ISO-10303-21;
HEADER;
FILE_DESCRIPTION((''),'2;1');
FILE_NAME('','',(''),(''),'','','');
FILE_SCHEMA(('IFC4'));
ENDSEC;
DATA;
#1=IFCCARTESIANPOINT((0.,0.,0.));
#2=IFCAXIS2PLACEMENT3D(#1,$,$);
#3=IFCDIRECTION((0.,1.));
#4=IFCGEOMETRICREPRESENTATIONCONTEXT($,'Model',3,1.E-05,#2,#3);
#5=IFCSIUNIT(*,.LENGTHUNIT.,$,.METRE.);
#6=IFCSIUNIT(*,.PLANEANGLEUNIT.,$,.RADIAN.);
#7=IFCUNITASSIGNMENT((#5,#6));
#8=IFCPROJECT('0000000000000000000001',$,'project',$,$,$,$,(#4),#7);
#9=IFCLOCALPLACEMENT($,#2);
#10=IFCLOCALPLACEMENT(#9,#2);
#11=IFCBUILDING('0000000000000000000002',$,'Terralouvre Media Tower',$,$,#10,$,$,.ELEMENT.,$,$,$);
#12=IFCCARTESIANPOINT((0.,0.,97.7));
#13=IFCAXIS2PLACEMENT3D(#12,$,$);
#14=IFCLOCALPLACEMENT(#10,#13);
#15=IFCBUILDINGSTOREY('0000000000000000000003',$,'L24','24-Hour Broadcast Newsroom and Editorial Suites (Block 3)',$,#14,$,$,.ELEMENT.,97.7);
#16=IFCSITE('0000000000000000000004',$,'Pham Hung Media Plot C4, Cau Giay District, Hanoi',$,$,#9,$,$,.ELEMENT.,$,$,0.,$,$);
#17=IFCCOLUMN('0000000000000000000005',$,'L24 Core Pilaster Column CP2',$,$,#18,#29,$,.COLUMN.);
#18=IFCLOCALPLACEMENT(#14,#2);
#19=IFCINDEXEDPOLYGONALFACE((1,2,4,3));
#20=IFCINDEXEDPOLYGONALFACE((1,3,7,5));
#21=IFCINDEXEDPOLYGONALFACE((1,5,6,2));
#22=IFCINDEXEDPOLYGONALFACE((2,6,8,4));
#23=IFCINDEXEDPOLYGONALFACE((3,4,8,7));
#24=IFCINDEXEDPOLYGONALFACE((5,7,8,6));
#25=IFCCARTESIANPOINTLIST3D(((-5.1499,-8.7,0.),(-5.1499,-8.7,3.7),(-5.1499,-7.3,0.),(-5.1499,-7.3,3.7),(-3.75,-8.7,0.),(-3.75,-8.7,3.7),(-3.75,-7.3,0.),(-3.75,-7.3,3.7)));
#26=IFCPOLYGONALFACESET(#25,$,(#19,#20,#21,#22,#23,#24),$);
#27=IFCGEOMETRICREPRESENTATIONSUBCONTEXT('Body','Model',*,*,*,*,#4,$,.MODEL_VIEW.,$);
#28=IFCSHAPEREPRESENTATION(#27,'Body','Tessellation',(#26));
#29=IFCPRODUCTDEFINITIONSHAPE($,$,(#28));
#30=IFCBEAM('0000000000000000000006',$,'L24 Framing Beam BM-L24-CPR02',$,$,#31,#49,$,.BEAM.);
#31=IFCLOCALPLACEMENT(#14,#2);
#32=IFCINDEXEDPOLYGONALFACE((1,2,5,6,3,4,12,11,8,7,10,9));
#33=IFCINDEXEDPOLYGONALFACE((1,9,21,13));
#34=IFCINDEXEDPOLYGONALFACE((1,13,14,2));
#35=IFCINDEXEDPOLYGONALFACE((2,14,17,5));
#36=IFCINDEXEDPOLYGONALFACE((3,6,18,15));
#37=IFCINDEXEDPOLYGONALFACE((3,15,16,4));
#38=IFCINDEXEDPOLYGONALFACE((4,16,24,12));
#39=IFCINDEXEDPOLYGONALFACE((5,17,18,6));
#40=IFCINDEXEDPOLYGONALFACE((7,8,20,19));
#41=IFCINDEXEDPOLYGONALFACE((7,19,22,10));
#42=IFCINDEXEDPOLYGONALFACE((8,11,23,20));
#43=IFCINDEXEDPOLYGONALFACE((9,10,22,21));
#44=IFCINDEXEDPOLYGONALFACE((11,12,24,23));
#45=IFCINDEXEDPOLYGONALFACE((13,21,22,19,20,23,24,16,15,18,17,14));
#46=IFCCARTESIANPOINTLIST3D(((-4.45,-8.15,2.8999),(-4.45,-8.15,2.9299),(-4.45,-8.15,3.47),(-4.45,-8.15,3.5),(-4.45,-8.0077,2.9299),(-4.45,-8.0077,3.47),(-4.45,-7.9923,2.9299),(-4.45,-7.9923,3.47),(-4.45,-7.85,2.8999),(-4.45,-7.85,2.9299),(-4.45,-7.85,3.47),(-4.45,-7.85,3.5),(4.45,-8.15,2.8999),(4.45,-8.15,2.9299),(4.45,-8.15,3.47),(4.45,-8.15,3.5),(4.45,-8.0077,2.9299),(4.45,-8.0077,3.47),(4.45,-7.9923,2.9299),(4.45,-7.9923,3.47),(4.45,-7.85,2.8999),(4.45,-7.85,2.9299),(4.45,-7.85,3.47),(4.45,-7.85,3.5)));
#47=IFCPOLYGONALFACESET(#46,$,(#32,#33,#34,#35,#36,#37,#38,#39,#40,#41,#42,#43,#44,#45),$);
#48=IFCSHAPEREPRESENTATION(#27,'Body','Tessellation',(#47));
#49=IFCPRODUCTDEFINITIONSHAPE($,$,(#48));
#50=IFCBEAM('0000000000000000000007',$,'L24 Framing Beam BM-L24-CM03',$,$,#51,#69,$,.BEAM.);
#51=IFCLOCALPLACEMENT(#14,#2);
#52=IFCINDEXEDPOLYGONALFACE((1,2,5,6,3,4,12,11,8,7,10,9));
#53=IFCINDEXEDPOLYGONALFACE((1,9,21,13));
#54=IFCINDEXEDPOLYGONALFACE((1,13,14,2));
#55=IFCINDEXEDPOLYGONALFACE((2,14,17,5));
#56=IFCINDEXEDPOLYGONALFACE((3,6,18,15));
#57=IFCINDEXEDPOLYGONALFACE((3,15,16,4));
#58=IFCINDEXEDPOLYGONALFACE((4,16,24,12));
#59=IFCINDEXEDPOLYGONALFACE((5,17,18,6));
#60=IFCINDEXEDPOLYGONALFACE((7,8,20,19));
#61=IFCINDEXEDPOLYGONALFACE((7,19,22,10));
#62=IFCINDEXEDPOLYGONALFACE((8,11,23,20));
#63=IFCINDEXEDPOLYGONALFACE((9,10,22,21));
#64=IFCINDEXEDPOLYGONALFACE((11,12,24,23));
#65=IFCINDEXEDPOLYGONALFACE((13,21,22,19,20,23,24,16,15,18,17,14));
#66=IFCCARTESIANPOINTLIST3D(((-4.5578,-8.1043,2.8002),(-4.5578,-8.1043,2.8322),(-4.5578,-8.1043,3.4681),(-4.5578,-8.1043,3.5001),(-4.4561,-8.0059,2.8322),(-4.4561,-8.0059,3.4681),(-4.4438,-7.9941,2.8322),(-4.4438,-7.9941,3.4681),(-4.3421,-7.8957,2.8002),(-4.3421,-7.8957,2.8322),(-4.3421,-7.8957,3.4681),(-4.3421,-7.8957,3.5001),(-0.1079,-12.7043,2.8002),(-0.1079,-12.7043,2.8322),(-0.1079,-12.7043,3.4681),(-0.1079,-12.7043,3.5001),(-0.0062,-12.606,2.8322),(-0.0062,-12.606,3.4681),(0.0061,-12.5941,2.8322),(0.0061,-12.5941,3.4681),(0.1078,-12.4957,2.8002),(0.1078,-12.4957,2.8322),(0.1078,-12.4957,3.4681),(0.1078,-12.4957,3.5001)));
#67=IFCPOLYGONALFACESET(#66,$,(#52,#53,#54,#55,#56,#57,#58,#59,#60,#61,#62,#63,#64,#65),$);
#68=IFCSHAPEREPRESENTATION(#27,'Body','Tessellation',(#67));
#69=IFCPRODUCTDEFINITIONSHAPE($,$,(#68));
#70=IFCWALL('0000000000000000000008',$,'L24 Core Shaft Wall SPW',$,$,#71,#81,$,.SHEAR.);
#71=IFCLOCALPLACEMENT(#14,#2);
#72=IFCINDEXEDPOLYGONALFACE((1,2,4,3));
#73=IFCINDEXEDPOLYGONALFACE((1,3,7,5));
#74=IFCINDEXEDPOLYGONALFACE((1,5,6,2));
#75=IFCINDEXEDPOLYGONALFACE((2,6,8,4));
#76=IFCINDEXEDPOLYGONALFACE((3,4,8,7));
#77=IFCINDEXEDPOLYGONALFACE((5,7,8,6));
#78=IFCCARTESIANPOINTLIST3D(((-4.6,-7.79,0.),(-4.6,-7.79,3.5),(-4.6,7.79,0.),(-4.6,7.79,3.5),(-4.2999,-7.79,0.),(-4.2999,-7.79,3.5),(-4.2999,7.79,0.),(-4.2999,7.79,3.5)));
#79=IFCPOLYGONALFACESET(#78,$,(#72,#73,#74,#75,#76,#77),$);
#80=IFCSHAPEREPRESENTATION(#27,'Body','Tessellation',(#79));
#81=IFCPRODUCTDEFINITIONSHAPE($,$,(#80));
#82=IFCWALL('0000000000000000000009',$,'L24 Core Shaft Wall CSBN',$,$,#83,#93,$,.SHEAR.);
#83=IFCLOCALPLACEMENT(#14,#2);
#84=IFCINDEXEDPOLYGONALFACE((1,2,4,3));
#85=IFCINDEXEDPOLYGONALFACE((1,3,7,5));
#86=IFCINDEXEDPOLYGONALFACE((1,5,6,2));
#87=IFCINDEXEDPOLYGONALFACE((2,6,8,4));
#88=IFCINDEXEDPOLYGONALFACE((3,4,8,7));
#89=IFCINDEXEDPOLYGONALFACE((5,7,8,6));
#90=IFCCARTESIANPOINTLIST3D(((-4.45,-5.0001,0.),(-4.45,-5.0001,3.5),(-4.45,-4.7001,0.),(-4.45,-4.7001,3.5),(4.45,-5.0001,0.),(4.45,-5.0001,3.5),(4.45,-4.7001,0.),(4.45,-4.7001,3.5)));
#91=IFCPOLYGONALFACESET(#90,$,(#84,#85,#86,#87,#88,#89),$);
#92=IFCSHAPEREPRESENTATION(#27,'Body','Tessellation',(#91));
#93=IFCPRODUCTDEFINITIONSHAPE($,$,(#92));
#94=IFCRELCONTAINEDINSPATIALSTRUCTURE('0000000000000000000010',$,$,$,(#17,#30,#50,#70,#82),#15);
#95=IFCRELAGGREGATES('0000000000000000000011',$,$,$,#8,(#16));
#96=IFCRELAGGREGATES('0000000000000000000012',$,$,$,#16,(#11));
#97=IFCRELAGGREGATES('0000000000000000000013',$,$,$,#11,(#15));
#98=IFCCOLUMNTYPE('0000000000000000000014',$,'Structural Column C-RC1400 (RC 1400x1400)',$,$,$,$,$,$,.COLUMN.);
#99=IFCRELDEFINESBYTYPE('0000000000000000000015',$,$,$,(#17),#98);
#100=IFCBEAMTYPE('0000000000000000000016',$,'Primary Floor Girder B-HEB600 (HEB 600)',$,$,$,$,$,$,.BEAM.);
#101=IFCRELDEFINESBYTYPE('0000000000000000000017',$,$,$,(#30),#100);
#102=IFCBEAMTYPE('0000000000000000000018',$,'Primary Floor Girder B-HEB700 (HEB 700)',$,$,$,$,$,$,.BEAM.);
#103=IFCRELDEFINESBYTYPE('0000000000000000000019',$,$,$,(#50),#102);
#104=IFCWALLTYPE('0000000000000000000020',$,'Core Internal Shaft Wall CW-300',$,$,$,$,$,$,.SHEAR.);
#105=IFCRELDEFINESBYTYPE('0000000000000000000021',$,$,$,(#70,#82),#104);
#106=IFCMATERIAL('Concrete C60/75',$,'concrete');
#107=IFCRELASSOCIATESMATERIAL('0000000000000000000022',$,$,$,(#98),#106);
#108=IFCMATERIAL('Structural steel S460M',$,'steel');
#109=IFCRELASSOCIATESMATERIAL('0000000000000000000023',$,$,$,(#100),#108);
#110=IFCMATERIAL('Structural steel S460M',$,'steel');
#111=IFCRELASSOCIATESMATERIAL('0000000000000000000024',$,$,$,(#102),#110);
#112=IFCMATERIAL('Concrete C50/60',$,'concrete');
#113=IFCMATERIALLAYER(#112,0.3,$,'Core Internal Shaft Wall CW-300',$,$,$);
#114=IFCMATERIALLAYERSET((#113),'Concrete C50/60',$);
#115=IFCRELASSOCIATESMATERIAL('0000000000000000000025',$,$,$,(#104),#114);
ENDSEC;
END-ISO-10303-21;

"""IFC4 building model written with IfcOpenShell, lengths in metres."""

from ifc_helpers import new_model, si_unit, direction, frame, frame_2d, origin, origin_2d, place, context, subcontext, project, spatial, rectangle, i_section, extrude, material, layer, layer_set, material_profile, profile_set, type_object, element, save


model = new_model("IFC4")

# Units and contexts
model_context = context("Model", 3, precision=1e-05, world=origin(), true_north=direction((0.0, 1.0)))
body_context = subcontext(model_context, "Body", "Model", "MODEL_VIEW")
ifc_project = project(units=[si_unit("LENGTHUNIT", "METRE"), si_unit("PLANEANGLEUNIT", "RADIAN")], contexts=[model_context])

# Site, building, storey
site_placement = place(None, origin())
site = spatial("IfcSite", under=ifc_project, at=site_placement, Name="Pham Hung Media Plot C4, Cau Giay District, Hanoi", CompositionType="ELEMENT", RefElevation=0.0)
building_placement = place(site_placement, origin())
building = spatial("IfcBuilding", under=site, at=building_placement, Name="Terralouvre Media Tower", CompositionType="ELEMENT")
storey_placement = place(building_placement, frame((0.0, 0.0, 97.7)))
storey = spatial("IfcBuildingStorey", under=building, at=storey_placement, Name="L24", Description="24-Hour Broadcast Newsroom and Editorial Suites (Block 3)", CompositionType="ELEMENT", Elevation=97.7)

# Column
ifc_material_1 = material(Name="Concrete C60/75", Category="concrete")
ifc_material_profile_1 = material_profile(ifc_material_1, rectangle(XDim=1.3999, YDim=1.3999, at=origin_2d()), Name="RC 1400x1400")
ifc_profile_set_1 = profile_set([ifc_material_profile_1], Name="Concrete C60/75")
column_type = type_object("IfcColumnType", Name="Structural Column C-RC1400 (RC 1400x1400)", PredefinedType="COLUMN", material=ifc_profile_set_1)
column_placement = place(storey_placement, frame((-4.45, -8.0, 0.0), z_axis=(0.0, 0.0, 1.0), x_axis=(1.0, 0.0, 0.0)))
element("IfcColumn", 1, at=column_placement, inside=storey, type_object=column_type, Name="L24 Core Pilaster Column CP2", PredefinedType="COLUMN", context=body_context, shape_type="SweptSolid", body=[
    extrude(rectangle(XDim=1.3999, YDim=1.3999, at=origin_2d()), origin(), (0.0, 0.0, 1.0), 3.7),
])

# Beams
ifc_material_2 = material(Name="Structural steel S460M", Category="steel")
ifc_material_profile_2 = material_profile(ifc_material_2, i_section(OverallWidth=0.3, OverallDepth=0.6001, WebThickness=0.0154, FlangeThickness=0.03, at=origin_2d()), Name="HEB 600")
ifc_profile_set_2 = profile_set([ifc_material_profile_2], Name="Structural steel S460M")
beam_type_1 = type_object("IfcBeamType", Name="Primary Floor Girder B-HEB600 (HEB 600)", PredefinedType="BEAM", material=ifc_profile_set_2)
beam_1_placement = place(storey_placement, frame((-4.45, -8.0, 3.2), z_axis=(1.0, 0.0, 0.0), x_axis=(0.0, 1.0, 0.0)))
element("IfcBeam", 2, at=beam_1_placement, inside=storey, type_object=beam_type_1, Name="L24 Framing Beam BM-L24-CPR02", PredefinedType="BEAM", context=body_context, shape_type="SweptSolid", body=[
    extrude(i_section(OverallWidth=0.3, OverallDepth=0.6001, WebThickness=0.0154, FlangeThickness=0.03, at=origin_2d()), origin(), (0.0, 0.0, 1.0), 8.8999),
])
ifc_material_3 = material(Name="Structural steel S460M", Category="steel")
ifc_material_profile_3 = material_profile(ifc_material_3, i_section(OverallWidth=0.3, OverallDepth=0.7, WebThickness=0.0171, FlangeThickness=0.032, at=origin_2d()), Name="HEB 700")
ifc_profile_set_3 = profile_set([ifc_material_profile_3], Name="Structural steel S460M")
beam_type_2 = type_object("IfcBeamType", Name="Primary Floor Girder B-HEB700 (HEB 700)", PredefinedType="BEAM", material=ifc_profile_set_3)
beam_2_placement = place(storey_placement, frame((-4.45, -8.0, 3.1501), z_axis=(0.69528, -0.718739, 0.0), x_axis=(0.718739, 0.69528, 0.0)))
element("IfcBeam", 3, at=beam_2_placement, inside=storey, type_object=beam_type_2, Name="L24 Framing Beam BM-L24-CM03", PredefinedType="BEAM", context=body_context, shape_type="SweptSolid", body=[
    extrude(i_section(OverallWidth=0.3, OverallDepth=0.7, WebThickness=0.0171, FlangeThickness=0.032, at=origin_2d()), origin(), (0.0, 0.0, 1.0), 6.4001),
])

# Walls
ifc_material_4 = material(Name="Concrete C50/60", Category="concrete")
ifc_layer_1 = layer(ifc_material_4, 0.3, Name="Core Internal Shaft Wall CW-300")
ifc_layer_set_1 = layer_set([ifc_layer_1], Name="Concrete C50/60")
wall_type_1 = type_object("IfcWallType", Name="Core Internal Shaft Wall CW-300", PredefinedType="SHEAR", material=ifc_layer_set_1)
wall_1_placement = place(storey_placement, frame((-4.45, -7.79, 0.0), z_axis=(0.0, 0.0, 1.0), x_axis=(0.0, 1.0, 0.0)))
element("IfcWall", 4, at=wall_1_placement, inside=storey, type_object=wall_type_1, Name="L24 Core Shaft Wall SPW", PredefinedType="SHEAR", context=body_context, shape_type="SweptSolid", body=[
    extrude(rectangle(XDim=15.5801, YDim=0.3, at=frame_2d((7.79, 0.0))), origin(), (0.0, 0.0, 1.0), 3.5),
])
wall_2_placement = place(storey_placement, frame((-4.45, -4.8501, 0.0), z_axis=(0.0, 0.0, 1.0), x_axis=(1.0, 0.0, 0.0)))
element("IfcWall", 5, at=wall_2_placement, inside=storey, type_object=wall_type_1, Name="L24 Core Shaft Wall CSBN", PredefinedType="SHEAR", context=body_context, shape_type="SweptSolid", body=[
    extrude(rectangle(XDim=8.8999, YDim=0.3, at=frame_2d((4.45, 0.0))), origin(), (0.0, 0.0, 1.0), 3.5),
])

save(model, "model.ifc")
